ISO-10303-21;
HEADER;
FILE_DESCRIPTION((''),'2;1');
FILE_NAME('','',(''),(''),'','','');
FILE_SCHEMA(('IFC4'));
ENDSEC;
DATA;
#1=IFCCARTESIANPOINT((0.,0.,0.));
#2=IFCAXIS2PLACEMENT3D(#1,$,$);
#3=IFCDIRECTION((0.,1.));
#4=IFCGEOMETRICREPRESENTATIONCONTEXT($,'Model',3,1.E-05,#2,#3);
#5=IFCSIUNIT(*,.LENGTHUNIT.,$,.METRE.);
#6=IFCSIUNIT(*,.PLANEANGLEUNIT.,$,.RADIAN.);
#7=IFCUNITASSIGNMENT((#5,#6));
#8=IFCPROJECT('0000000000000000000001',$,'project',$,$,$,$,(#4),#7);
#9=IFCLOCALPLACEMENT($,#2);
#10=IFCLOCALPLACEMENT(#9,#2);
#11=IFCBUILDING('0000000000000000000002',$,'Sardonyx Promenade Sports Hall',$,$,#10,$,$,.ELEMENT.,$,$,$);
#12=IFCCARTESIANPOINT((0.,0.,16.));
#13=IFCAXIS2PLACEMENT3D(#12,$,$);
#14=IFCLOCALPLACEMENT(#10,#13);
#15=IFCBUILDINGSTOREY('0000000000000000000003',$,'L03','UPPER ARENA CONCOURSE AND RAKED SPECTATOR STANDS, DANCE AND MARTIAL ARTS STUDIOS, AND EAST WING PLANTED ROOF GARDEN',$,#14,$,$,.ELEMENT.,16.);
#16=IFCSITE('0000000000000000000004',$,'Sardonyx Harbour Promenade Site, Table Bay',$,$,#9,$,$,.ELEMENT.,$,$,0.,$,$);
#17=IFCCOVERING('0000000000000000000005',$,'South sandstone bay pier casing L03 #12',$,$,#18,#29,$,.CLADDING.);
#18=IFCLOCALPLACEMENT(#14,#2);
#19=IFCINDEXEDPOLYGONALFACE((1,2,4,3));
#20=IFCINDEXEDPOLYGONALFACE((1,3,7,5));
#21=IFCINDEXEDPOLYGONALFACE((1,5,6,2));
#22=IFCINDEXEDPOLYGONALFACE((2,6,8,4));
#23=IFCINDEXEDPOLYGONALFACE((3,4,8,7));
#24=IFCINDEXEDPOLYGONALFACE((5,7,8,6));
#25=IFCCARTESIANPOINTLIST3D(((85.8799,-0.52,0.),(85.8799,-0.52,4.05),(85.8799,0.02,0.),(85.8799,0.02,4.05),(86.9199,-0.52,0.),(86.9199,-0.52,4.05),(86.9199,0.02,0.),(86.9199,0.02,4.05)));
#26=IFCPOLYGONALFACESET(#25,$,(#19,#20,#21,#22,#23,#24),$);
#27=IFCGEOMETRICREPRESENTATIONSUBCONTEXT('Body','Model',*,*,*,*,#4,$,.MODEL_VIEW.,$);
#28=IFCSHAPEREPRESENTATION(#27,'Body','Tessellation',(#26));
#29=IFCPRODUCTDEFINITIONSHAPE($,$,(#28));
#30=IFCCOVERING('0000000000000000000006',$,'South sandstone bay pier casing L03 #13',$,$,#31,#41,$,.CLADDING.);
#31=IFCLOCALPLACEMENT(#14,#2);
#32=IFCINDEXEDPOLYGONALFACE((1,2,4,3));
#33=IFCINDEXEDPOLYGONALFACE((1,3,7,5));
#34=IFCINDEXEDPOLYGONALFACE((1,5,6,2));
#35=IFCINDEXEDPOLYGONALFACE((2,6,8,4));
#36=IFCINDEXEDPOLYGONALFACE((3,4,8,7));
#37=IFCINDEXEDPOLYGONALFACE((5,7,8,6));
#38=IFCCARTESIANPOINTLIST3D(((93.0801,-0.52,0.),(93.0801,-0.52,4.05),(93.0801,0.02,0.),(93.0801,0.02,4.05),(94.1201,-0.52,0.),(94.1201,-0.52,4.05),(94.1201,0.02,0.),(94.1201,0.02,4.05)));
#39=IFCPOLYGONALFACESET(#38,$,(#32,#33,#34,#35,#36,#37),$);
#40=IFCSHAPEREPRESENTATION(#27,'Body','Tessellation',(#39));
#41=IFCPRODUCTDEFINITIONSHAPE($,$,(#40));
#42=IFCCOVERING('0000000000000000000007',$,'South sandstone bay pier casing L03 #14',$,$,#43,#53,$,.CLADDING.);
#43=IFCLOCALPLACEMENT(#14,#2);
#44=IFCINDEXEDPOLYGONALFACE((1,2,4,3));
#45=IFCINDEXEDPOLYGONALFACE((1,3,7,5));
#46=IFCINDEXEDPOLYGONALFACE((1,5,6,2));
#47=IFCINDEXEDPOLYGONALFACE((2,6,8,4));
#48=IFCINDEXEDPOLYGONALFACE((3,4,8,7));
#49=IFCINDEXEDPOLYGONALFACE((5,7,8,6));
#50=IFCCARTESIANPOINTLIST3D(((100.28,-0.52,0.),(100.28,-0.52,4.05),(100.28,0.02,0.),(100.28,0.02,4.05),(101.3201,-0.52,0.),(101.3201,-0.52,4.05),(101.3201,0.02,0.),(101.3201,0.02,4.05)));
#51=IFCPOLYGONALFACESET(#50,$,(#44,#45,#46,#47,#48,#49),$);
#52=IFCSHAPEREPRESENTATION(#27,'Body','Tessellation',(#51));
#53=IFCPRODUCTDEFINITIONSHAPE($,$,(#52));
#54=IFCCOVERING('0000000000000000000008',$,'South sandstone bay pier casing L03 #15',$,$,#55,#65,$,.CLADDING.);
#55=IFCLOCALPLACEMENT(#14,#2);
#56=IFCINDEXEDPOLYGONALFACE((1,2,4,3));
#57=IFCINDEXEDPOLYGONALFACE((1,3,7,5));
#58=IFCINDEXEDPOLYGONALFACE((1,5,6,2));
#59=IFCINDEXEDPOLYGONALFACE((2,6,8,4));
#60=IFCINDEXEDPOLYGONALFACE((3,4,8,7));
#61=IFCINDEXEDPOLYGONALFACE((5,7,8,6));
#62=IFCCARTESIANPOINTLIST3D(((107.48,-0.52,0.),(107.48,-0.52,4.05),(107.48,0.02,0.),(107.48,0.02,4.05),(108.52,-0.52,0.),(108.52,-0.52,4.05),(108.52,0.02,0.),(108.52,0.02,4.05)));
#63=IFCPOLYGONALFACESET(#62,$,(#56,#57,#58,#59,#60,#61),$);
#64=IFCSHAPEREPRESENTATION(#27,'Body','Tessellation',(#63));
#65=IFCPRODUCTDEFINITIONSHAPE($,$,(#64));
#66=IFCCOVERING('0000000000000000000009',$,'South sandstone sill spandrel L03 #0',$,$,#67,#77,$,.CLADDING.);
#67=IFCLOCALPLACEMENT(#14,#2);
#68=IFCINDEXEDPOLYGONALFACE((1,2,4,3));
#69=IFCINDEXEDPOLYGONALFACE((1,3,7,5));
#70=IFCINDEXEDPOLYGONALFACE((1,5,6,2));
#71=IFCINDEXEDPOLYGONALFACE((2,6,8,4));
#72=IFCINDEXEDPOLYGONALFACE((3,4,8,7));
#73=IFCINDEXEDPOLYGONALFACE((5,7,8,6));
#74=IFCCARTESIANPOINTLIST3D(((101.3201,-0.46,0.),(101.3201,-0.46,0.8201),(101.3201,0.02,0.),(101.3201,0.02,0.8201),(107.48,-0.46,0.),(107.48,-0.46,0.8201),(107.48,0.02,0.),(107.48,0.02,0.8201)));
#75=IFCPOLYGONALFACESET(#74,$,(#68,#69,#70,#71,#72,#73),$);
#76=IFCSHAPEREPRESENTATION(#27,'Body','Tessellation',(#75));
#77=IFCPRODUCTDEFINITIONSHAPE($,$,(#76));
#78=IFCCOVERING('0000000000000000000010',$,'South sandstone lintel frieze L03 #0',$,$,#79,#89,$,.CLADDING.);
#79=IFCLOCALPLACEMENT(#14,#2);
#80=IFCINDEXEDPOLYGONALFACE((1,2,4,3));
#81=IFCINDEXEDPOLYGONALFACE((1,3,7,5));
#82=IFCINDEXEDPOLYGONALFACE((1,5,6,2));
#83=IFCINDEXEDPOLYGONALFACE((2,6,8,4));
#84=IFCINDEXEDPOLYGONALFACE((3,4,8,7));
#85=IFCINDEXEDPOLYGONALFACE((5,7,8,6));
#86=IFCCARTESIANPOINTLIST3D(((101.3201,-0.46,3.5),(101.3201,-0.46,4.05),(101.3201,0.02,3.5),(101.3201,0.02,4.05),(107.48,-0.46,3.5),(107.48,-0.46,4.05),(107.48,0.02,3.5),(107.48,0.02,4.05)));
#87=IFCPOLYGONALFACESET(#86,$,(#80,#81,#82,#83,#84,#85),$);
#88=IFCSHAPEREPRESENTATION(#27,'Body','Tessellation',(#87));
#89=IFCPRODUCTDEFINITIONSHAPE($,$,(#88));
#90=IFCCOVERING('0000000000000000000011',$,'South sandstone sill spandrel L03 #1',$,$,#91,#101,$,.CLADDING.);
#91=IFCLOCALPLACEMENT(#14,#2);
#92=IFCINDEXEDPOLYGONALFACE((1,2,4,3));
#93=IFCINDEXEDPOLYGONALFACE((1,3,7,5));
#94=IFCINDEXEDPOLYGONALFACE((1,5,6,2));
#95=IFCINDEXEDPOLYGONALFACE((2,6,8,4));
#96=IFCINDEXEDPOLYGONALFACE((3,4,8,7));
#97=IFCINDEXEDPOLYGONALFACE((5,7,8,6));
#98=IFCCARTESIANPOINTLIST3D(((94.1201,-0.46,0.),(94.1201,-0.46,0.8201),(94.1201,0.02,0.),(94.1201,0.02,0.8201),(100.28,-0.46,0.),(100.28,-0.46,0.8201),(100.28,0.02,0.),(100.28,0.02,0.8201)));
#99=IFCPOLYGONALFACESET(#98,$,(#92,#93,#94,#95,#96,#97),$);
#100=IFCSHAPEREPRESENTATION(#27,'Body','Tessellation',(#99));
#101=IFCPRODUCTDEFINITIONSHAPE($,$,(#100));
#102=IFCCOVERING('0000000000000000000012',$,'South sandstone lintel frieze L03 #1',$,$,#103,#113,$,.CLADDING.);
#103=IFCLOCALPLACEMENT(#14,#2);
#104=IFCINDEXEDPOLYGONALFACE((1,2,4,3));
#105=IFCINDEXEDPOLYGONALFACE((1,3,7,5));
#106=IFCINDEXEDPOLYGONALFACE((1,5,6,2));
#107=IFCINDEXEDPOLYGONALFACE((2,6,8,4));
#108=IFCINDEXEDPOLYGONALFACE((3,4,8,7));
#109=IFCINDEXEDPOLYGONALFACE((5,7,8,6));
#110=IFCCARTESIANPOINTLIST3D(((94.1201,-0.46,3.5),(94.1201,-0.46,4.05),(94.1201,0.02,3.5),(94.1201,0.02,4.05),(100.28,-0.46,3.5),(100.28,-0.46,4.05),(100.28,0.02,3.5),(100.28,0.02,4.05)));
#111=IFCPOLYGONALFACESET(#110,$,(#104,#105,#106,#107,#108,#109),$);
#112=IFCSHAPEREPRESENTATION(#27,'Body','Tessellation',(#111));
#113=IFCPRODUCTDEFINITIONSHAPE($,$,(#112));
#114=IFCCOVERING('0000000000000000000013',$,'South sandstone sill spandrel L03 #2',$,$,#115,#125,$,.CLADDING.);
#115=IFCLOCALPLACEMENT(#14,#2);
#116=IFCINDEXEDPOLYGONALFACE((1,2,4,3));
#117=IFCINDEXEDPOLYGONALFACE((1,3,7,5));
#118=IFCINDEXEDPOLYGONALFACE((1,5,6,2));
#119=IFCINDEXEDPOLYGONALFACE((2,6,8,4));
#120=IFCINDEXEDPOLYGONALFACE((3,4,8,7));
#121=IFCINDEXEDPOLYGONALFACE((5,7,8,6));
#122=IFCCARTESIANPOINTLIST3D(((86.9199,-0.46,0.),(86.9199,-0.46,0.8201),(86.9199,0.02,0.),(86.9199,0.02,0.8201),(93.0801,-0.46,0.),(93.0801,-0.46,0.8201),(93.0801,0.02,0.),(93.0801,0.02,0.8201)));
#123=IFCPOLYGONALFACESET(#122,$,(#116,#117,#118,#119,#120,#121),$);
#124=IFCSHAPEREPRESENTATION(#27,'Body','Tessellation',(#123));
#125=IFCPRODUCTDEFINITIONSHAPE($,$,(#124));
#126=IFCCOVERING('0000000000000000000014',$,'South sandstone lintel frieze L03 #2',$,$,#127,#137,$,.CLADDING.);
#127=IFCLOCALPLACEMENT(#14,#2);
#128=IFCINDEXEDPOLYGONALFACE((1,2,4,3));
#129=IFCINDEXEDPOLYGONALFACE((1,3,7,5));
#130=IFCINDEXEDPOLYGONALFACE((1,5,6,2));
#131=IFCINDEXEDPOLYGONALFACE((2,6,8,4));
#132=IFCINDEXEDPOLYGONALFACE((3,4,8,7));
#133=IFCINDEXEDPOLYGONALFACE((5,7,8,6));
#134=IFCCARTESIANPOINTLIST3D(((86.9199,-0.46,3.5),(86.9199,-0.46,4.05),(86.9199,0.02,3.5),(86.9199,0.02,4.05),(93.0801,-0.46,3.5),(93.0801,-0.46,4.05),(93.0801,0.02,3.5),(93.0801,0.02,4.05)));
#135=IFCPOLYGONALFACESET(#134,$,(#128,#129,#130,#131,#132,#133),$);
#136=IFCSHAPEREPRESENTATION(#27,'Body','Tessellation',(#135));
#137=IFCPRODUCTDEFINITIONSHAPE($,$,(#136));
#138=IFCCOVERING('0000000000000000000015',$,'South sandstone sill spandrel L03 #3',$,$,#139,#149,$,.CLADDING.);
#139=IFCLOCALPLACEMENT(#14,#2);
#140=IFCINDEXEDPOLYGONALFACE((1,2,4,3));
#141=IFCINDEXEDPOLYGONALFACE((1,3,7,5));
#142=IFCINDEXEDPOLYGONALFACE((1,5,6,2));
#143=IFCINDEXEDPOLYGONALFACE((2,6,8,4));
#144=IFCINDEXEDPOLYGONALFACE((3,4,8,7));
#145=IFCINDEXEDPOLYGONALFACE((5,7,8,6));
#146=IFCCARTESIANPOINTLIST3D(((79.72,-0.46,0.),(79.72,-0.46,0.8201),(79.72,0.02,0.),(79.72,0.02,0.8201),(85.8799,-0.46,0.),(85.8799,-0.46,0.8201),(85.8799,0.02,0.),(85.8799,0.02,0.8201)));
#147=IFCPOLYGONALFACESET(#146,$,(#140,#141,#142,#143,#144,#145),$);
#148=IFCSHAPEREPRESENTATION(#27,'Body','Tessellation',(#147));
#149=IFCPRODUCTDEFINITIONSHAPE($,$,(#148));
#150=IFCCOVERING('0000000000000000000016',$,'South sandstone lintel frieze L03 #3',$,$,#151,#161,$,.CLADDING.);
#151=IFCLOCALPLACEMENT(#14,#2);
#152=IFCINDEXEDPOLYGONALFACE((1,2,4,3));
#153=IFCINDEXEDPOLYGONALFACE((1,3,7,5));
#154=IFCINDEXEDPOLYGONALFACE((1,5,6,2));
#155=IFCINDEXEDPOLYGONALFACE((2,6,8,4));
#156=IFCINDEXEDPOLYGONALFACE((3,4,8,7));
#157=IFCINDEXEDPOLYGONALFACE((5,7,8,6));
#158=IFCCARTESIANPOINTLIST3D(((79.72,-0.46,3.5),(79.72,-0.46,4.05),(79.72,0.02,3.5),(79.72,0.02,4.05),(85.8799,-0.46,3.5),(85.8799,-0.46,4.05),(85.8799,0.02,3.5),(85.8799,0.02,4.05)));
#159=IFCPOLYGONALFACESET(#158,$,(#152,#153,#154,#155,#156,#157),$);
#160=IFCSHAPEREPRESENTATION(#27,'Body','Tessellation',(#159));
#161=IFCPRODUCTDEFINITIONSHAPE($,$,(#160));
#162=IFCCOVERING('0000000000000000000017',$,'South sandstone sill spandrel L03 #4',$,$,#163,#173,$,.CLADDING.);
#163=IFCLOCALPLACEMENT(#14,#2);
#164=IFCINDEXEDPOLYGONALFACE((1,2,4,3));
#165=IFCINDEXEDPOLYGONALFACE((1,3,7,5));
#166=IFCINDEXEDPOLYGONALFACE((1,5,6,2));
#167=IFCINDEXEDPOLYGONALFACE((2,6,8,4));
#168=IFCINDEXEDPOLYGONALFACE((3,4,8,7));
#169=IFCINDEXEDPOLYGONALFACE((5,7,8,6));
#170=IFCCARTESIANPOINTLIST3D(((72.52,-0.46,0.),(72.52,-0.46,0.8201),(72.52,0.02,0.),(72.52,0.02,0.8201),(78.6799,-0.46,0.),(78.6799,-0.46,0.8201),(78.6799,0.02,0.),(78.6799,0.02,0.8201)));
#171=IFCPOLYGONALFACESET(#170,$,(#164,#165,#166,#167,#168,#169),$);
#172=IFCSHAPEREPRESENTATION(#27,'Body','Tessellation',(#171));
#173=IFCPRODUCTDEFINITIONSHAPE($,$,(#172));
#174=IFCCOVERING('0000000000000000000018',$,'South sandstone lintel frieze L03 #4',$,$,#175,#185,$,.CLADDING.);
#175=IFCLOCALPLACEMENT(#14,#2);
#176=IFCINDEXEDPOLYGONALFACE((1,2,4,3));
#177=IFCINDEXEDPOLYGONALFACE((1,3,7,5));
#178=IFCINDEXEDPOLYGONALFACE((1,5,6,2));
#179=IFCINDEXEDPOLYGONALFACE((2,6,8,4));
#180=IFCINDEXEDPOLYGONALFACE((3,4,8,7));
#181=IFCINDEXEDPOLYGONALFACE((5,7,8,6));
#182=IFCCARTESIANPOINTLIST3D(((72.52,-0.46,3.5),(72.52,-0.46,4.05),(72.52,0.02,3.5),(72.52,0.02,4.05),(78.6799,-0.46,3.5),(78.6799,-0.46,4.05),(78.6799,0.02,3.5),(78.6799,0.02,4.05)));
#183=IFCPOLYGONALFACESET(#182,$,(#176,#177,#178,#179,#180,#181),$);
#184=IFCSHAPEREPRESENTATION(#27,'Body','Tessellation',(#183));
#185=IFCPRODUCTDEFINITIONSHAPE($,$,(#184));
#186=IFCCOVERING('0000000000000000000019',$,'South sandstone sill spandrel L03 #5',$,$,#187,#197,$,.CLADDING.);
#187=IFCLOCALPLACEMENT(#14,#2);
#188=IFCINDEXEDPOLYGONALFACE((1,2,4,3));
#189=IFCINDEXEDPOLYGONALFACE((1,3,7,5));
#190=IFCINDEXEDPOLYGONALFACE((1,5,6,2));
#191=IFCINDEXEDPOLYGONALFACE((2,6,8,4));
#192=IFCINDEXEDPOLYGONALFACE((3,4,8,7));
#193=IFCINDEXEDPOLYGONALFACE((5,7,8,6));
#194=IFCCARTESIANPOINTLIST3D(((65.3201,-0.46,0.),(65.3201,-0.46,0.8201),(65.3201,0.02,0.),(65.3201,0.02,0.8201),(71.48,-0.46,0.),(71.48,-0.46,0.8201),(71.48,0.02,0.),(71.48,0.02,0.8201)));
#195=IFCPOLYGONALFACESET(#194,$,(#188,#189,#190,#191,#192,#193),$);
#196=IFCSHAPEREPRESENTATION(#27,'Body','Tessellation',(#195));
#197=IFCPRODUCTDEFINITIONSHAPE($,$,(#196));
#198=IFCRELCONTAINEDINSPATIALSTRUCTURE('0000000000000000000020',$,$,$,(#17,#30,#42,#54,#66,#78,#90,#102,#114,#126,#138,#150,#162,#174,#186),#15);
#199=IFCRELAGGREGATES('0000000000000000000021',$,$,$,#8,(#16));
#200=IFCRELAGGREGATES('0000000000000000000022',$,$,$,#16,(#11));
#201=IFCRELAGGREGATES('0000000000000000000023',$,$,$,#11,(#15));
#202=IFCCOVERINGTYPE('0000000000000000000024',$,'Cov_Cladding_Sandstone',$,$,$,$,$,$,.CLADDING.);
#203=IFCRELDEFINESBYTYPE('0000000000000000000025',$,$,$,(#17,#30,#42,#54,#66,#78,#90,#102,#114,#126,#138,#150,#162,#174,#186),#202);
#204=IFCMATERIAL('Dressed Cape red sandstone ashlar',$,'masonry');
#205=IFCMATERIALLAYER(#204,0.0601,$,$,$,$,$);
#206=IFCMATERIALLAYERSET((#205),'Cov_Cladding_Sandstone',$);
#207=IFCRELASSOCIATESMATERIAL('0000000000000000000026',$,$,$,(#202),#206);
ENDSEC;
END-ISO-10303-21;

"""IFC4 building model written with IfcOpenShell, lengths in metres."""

from ifc_helpers import new_model, si_unit, direction, frame, origin, place, context, subcontext, project, spatial, polyline, outline, extrude, material, layer, layer_set, type_object, element, save


model = new_model("IFC4")

# Units and contexts
model_context = context("Model", 3, precision=1e-05, world=origin(), true_north=direction((0.0, 1.0)))
body_context = subcontext(model_context, "Body", "Model", "MODEL_VIEW")
ifc_project = project(units=[si_unit("LENGTHUNIT", "METRE"), si_unit("PLANEANGLEUNIT", "RADIAN")], contexts=[model_context])

# Site, building, storey
site_placement = place(None, origin())
site = spatial("IfcSite", under=ifc_project, at=site_placement, Name="Sardonyx Harbour Promenade Site, Table Bay", CompositionType="ELEMENT", RefElevation=0.0)
building_placement = place(site_placement, origin())
building = spatial("IfcBuilding", under=site, at=building_placement, Name="Sardonyx Promenade Sports Hall", CompositionType="ELEMENT")
storey_placement = place(building_placement, frame((0.0, 0.0, 16.0)))
storey = spatial("IfcBuildingStorey", under=building, at=storey_placement, Name="L03", Description="UPPER ARENA CONCOURSE AND RAKED SPECTATOR STANDS, DANCE AND MARTIAL ARTS STUDIOS, AND EAST WING PLANTED ROOF GARDEN", CompositionType="ELEMENT", Elevation=16.0)

# Coverings
ifc_material = material(Name="Dressed Cape red sandstone ashlar", Category="masonry")
ifc_layer = layer(ifc_material, 0.0601)
ifc_layer_set = layer_set([ifc_layer], Name="Cov_Cladding_Sandstone")
covering_type = type_object("IfcCoveringType", Name="Cov_Cladding_Sandstone", PredefinedType="CLADDING", material=ifc_layer_set)
covering_1_placement = place(storey_placement, origin())
element("IfcCovering", 1, at=covering_1_placement, inside=storey, type_object=covering_type, Name="South sandstone bay pier casing L03 #12", PredefinedType="CLADDING", context=body_context, shape_type="SweptSolid", body=[
    extrude(outline(polyline([(85.8799, -0.52), (86.9199, -0.52), (86.9199, 0.02), (85.8799, 0.02), (85.8799, -0.52)])), origin(), (0.0, 0.0, 1.0), 4.05),
])
covering_2_placement = place(storey_placement, origin())
element("IfcCovering", 2, at=covering_2_placement, inside=storey, type_object=covering_type, Name="South sandstone bay pier casing L03 #13", PredefinedType="CLADDING", context=body_context, shape_type="SweptSolid", body=[
    extrude(outline(polyline([(93.0801, -0.52), (94.1201, -0.52), (94.1201, 0.02), (93.0801, 0.02), (93.0801, -0.52)])), origin(), (0.0, 0.0, 1.0), 4.05),
])
covering_3_placement = place(storey_placement, origin())
element("IfcCovering", 3, at=covering_3_placement, inside=storey, type_object=covering_type, Name="South sandstone bay pier casing L03 #14", PredefinedType="CLADDING", context=body_context, shape_type="SweptSolid", body=[
    extrude(outline(polyline([(100.28, -0.52), (101.3201, -0.52), (101.3201, 0.02), (100.28, 0.02), (100.28, -0.52)])), origin(), (0.0, 0.0, 1.0), 4.05),
])
covering_4_placement = place(storey_placement, origin())
element("IfcCovering", 4, at=covering_4_placement, inside=storey, type_object=covering_type, Name="South sandstone bay pier casing L03 #15", PredefinedType="CLADDING", context=body_context, shape_type="SweptSolid", body=[
    extrude(outline(polyline([(107.48, -0.52), (108.52, -0.52), (108.52, 0.02), (107.48, 0.02), (107.48, -0.52)])), origin(), (0.0, 0.0, 1.0), 4.05),
])
covering_5_placement = place(storey_placement, origin())
element("IfcCovering", 5, at=covering_5_placement, inside=storey, type_object=covering_type, Name="South sandstone sill spandrel L03 #0", PredefinedType="CLADDING", context=body_context, shape_type="SweptSolid", body=[
    extrude(outline(polyline([(101.3201, -0.46), (107.48, -0.46), (107.48, 0.02), (101.3201, 0.02), (101.3201, -0.46)])), origin(), (0.0, 0.0, 1.0), 0.8201),
])
covering_6_placement = place(storey_placement, frame((0.0, 0.0, 3.5)))
element("IfcCovering", 6, at=covering_6_placement, inside=storey, type_object=covering_type, Name="South sandstone lintel frieze L03 #0", PredefinedType="CLADDING", context=body_context, shape_type="SweptSolid", body=[
    extrude(outline(polyline([(101.3201, -0.46), (107.48, -0.46), (107.48, 0.02), (101.3201, 0.02), (101.3201, -0.46)])), origin(), (0.0, 0.0, 1.0), 0.55),
])
covering_7_placement = place(storey_placement, origin())
element("IfcCovering", 7, at=covering_7_placement, inside=storey, type_object=covering_type, Name="South sandstone sill spandrel L03 #1", PredefinedType="CLADDING", context=body_context, shape_type="SweptSolid", body=[
    extrude(outline(polyline([(94.1201, -0.46), (100.28, -0.46), (100.28, 0.02), (94.1201, 0.02), (94.1201, -0.46)])), origin(), (0.0, 0.0, 1.0), 0.8201),
])
covering_8_placement = place(storey_placement, frame((0.0, 0.0, 3.5)))
element("IfcCovering", 8, at=covering_8_placement, inside=storey, type_object=covering_type, Name="South sandstone lintel frieze L03 #1", PredefinedType="CLADDING", context=body_context, shape_type="SweptSolid", body=[
    extrude(outline(polyline([(94.1201, -0.46), (100.28, -0.46), (100.28, 0.02), (94.1201, 0.02), (94.1201, -0.46)])), origin(), (0.0, 0.0, 1.0), 0.55),
])
covering_9_placement = place(storey_placement, origin())
element("IfcCovering", 9, at=covering_9_placement, inside=storey, type_object=covering_type, Name="South sandstone sill spandrel L03 #2", PredefinedType="CLADDING", context=body_context, shape_type="SweptSolid", body=[
    extrude(outline(polyline([(86.9199, -0.46), (93.0801, -0.46), (93.0801, 0.02), (86.9199, 0.02), (86.9199, -0.46)])), origin(), (0.0, 0.0, 1.0), 0.8201),
])
covering_10_placement = place(storey_placement, frame((0.0, 0.0, 3.5)))
element("IfcCovering", 10, at=covering_10_placement, inside=storey, type_object=covering_type, Name="South sandstone lintel frieze L03 #2", PredefinedType="CLADDING", context=body_context, shape_type="SweptSolid", body=[
    extrude(outline(polyline([(86.9199, -0.46), (93.0801, -0.46), (93.0801, 0.02), (86.9199, 0.02), (86.9199, -0.46)])), origin(), (0.0, 0.0, 1.0), 0.55),
])
covering_11_placement = place(storey_placement, origin())
element("IfcCovering", 11, at=covering_11_placement, inside=storey, type_object=covering_type, Name="South sandstone sill spandrel L03 #3", PredefinedType="CLADDING", context=body_context, shape_type="SweptSolid", body=[
    extrude(outline(polyline([(79.72, -0.46), (85.8799, -0.46), (85.8799, 0.02), (79.72, 0.02), (79.72, -0.46)])), origin(), (0.0, 0.0, 1.0), 0.8201),
])
covering_12_placement = place(storey_placement, frame((0.0, 0.0, 3.5)))
element("IfcCovering", 12, at=covering_12_placement, inside=storey, type_object=covering_type, Name="South sandstone lintel frieze L03 #3", PredefinedType="CLADDING", context=body_context, shape_type="SweptSolid", body=[
    extrude(outline(polyline([(79.72, -0.46), (85.8799, -0.46), (85.8799, 0.02), (79.72, 0.02), (79.72, -0.46)])), origin(), (0.0, 0.0, 1.0), 0.55),
])
covering_13_placement = place(storey_placement, origin())
element("IfcCovering", 13, at=covering_13_placement, inside=storey, type_object=covering_type, Name="South sandstone sill spandrel L03 #4", PredefinedType="CLADDING", context=body_context, shape_type="SweptSolid", body=[
    extrude(outline(polyline([(72.52, -0.46), (78.6799, -0.46), (78.6799, 0.02), (72.52, 0.02), (72.52, -0.46)])), origin(), (0.0, 0.0, 1.0), 0.8201),
])
covering_14_placement = place(storey_placement, frame((0.0, 0.0, 3.5)))
element("IfcCovering", 14, at=covering_14_placement, inside=storey, type_object=covering_type, Name="South sandstone lintel frieze L03 #4", PredefinedType="CLADDING", context=body_context, shape_type="SweptSolid", body=[
    extrude(outline(polyline([(72.52, -0.46), (78.6799, -0.46), (78.6799, 0.02), (72.52, 0.02), (72.52, -0.46)])), origin(), (0.0, 0.0, 1.0), 0.55),
])
covering_15_placement = place(storey_placement, origin())
element("IfcCovering", 15, at=covering_15_placement, inside=storey, type_object=covering_type, Name="South sandstone sill spandrel L03 #5", PredefinedType="CLADDING", context=body_context, shape_type="SweptSolid", body=[
    extrude(outline(polyline([(65.3201, -0.46), (71.48, -0.46), (71.48, 0.02), (65.3201, 0.02), (65.3201, -0.46)])), origin(), (0.0, 0.0, 1.0), 0.8201),
])

save(model, "model.ifc")
